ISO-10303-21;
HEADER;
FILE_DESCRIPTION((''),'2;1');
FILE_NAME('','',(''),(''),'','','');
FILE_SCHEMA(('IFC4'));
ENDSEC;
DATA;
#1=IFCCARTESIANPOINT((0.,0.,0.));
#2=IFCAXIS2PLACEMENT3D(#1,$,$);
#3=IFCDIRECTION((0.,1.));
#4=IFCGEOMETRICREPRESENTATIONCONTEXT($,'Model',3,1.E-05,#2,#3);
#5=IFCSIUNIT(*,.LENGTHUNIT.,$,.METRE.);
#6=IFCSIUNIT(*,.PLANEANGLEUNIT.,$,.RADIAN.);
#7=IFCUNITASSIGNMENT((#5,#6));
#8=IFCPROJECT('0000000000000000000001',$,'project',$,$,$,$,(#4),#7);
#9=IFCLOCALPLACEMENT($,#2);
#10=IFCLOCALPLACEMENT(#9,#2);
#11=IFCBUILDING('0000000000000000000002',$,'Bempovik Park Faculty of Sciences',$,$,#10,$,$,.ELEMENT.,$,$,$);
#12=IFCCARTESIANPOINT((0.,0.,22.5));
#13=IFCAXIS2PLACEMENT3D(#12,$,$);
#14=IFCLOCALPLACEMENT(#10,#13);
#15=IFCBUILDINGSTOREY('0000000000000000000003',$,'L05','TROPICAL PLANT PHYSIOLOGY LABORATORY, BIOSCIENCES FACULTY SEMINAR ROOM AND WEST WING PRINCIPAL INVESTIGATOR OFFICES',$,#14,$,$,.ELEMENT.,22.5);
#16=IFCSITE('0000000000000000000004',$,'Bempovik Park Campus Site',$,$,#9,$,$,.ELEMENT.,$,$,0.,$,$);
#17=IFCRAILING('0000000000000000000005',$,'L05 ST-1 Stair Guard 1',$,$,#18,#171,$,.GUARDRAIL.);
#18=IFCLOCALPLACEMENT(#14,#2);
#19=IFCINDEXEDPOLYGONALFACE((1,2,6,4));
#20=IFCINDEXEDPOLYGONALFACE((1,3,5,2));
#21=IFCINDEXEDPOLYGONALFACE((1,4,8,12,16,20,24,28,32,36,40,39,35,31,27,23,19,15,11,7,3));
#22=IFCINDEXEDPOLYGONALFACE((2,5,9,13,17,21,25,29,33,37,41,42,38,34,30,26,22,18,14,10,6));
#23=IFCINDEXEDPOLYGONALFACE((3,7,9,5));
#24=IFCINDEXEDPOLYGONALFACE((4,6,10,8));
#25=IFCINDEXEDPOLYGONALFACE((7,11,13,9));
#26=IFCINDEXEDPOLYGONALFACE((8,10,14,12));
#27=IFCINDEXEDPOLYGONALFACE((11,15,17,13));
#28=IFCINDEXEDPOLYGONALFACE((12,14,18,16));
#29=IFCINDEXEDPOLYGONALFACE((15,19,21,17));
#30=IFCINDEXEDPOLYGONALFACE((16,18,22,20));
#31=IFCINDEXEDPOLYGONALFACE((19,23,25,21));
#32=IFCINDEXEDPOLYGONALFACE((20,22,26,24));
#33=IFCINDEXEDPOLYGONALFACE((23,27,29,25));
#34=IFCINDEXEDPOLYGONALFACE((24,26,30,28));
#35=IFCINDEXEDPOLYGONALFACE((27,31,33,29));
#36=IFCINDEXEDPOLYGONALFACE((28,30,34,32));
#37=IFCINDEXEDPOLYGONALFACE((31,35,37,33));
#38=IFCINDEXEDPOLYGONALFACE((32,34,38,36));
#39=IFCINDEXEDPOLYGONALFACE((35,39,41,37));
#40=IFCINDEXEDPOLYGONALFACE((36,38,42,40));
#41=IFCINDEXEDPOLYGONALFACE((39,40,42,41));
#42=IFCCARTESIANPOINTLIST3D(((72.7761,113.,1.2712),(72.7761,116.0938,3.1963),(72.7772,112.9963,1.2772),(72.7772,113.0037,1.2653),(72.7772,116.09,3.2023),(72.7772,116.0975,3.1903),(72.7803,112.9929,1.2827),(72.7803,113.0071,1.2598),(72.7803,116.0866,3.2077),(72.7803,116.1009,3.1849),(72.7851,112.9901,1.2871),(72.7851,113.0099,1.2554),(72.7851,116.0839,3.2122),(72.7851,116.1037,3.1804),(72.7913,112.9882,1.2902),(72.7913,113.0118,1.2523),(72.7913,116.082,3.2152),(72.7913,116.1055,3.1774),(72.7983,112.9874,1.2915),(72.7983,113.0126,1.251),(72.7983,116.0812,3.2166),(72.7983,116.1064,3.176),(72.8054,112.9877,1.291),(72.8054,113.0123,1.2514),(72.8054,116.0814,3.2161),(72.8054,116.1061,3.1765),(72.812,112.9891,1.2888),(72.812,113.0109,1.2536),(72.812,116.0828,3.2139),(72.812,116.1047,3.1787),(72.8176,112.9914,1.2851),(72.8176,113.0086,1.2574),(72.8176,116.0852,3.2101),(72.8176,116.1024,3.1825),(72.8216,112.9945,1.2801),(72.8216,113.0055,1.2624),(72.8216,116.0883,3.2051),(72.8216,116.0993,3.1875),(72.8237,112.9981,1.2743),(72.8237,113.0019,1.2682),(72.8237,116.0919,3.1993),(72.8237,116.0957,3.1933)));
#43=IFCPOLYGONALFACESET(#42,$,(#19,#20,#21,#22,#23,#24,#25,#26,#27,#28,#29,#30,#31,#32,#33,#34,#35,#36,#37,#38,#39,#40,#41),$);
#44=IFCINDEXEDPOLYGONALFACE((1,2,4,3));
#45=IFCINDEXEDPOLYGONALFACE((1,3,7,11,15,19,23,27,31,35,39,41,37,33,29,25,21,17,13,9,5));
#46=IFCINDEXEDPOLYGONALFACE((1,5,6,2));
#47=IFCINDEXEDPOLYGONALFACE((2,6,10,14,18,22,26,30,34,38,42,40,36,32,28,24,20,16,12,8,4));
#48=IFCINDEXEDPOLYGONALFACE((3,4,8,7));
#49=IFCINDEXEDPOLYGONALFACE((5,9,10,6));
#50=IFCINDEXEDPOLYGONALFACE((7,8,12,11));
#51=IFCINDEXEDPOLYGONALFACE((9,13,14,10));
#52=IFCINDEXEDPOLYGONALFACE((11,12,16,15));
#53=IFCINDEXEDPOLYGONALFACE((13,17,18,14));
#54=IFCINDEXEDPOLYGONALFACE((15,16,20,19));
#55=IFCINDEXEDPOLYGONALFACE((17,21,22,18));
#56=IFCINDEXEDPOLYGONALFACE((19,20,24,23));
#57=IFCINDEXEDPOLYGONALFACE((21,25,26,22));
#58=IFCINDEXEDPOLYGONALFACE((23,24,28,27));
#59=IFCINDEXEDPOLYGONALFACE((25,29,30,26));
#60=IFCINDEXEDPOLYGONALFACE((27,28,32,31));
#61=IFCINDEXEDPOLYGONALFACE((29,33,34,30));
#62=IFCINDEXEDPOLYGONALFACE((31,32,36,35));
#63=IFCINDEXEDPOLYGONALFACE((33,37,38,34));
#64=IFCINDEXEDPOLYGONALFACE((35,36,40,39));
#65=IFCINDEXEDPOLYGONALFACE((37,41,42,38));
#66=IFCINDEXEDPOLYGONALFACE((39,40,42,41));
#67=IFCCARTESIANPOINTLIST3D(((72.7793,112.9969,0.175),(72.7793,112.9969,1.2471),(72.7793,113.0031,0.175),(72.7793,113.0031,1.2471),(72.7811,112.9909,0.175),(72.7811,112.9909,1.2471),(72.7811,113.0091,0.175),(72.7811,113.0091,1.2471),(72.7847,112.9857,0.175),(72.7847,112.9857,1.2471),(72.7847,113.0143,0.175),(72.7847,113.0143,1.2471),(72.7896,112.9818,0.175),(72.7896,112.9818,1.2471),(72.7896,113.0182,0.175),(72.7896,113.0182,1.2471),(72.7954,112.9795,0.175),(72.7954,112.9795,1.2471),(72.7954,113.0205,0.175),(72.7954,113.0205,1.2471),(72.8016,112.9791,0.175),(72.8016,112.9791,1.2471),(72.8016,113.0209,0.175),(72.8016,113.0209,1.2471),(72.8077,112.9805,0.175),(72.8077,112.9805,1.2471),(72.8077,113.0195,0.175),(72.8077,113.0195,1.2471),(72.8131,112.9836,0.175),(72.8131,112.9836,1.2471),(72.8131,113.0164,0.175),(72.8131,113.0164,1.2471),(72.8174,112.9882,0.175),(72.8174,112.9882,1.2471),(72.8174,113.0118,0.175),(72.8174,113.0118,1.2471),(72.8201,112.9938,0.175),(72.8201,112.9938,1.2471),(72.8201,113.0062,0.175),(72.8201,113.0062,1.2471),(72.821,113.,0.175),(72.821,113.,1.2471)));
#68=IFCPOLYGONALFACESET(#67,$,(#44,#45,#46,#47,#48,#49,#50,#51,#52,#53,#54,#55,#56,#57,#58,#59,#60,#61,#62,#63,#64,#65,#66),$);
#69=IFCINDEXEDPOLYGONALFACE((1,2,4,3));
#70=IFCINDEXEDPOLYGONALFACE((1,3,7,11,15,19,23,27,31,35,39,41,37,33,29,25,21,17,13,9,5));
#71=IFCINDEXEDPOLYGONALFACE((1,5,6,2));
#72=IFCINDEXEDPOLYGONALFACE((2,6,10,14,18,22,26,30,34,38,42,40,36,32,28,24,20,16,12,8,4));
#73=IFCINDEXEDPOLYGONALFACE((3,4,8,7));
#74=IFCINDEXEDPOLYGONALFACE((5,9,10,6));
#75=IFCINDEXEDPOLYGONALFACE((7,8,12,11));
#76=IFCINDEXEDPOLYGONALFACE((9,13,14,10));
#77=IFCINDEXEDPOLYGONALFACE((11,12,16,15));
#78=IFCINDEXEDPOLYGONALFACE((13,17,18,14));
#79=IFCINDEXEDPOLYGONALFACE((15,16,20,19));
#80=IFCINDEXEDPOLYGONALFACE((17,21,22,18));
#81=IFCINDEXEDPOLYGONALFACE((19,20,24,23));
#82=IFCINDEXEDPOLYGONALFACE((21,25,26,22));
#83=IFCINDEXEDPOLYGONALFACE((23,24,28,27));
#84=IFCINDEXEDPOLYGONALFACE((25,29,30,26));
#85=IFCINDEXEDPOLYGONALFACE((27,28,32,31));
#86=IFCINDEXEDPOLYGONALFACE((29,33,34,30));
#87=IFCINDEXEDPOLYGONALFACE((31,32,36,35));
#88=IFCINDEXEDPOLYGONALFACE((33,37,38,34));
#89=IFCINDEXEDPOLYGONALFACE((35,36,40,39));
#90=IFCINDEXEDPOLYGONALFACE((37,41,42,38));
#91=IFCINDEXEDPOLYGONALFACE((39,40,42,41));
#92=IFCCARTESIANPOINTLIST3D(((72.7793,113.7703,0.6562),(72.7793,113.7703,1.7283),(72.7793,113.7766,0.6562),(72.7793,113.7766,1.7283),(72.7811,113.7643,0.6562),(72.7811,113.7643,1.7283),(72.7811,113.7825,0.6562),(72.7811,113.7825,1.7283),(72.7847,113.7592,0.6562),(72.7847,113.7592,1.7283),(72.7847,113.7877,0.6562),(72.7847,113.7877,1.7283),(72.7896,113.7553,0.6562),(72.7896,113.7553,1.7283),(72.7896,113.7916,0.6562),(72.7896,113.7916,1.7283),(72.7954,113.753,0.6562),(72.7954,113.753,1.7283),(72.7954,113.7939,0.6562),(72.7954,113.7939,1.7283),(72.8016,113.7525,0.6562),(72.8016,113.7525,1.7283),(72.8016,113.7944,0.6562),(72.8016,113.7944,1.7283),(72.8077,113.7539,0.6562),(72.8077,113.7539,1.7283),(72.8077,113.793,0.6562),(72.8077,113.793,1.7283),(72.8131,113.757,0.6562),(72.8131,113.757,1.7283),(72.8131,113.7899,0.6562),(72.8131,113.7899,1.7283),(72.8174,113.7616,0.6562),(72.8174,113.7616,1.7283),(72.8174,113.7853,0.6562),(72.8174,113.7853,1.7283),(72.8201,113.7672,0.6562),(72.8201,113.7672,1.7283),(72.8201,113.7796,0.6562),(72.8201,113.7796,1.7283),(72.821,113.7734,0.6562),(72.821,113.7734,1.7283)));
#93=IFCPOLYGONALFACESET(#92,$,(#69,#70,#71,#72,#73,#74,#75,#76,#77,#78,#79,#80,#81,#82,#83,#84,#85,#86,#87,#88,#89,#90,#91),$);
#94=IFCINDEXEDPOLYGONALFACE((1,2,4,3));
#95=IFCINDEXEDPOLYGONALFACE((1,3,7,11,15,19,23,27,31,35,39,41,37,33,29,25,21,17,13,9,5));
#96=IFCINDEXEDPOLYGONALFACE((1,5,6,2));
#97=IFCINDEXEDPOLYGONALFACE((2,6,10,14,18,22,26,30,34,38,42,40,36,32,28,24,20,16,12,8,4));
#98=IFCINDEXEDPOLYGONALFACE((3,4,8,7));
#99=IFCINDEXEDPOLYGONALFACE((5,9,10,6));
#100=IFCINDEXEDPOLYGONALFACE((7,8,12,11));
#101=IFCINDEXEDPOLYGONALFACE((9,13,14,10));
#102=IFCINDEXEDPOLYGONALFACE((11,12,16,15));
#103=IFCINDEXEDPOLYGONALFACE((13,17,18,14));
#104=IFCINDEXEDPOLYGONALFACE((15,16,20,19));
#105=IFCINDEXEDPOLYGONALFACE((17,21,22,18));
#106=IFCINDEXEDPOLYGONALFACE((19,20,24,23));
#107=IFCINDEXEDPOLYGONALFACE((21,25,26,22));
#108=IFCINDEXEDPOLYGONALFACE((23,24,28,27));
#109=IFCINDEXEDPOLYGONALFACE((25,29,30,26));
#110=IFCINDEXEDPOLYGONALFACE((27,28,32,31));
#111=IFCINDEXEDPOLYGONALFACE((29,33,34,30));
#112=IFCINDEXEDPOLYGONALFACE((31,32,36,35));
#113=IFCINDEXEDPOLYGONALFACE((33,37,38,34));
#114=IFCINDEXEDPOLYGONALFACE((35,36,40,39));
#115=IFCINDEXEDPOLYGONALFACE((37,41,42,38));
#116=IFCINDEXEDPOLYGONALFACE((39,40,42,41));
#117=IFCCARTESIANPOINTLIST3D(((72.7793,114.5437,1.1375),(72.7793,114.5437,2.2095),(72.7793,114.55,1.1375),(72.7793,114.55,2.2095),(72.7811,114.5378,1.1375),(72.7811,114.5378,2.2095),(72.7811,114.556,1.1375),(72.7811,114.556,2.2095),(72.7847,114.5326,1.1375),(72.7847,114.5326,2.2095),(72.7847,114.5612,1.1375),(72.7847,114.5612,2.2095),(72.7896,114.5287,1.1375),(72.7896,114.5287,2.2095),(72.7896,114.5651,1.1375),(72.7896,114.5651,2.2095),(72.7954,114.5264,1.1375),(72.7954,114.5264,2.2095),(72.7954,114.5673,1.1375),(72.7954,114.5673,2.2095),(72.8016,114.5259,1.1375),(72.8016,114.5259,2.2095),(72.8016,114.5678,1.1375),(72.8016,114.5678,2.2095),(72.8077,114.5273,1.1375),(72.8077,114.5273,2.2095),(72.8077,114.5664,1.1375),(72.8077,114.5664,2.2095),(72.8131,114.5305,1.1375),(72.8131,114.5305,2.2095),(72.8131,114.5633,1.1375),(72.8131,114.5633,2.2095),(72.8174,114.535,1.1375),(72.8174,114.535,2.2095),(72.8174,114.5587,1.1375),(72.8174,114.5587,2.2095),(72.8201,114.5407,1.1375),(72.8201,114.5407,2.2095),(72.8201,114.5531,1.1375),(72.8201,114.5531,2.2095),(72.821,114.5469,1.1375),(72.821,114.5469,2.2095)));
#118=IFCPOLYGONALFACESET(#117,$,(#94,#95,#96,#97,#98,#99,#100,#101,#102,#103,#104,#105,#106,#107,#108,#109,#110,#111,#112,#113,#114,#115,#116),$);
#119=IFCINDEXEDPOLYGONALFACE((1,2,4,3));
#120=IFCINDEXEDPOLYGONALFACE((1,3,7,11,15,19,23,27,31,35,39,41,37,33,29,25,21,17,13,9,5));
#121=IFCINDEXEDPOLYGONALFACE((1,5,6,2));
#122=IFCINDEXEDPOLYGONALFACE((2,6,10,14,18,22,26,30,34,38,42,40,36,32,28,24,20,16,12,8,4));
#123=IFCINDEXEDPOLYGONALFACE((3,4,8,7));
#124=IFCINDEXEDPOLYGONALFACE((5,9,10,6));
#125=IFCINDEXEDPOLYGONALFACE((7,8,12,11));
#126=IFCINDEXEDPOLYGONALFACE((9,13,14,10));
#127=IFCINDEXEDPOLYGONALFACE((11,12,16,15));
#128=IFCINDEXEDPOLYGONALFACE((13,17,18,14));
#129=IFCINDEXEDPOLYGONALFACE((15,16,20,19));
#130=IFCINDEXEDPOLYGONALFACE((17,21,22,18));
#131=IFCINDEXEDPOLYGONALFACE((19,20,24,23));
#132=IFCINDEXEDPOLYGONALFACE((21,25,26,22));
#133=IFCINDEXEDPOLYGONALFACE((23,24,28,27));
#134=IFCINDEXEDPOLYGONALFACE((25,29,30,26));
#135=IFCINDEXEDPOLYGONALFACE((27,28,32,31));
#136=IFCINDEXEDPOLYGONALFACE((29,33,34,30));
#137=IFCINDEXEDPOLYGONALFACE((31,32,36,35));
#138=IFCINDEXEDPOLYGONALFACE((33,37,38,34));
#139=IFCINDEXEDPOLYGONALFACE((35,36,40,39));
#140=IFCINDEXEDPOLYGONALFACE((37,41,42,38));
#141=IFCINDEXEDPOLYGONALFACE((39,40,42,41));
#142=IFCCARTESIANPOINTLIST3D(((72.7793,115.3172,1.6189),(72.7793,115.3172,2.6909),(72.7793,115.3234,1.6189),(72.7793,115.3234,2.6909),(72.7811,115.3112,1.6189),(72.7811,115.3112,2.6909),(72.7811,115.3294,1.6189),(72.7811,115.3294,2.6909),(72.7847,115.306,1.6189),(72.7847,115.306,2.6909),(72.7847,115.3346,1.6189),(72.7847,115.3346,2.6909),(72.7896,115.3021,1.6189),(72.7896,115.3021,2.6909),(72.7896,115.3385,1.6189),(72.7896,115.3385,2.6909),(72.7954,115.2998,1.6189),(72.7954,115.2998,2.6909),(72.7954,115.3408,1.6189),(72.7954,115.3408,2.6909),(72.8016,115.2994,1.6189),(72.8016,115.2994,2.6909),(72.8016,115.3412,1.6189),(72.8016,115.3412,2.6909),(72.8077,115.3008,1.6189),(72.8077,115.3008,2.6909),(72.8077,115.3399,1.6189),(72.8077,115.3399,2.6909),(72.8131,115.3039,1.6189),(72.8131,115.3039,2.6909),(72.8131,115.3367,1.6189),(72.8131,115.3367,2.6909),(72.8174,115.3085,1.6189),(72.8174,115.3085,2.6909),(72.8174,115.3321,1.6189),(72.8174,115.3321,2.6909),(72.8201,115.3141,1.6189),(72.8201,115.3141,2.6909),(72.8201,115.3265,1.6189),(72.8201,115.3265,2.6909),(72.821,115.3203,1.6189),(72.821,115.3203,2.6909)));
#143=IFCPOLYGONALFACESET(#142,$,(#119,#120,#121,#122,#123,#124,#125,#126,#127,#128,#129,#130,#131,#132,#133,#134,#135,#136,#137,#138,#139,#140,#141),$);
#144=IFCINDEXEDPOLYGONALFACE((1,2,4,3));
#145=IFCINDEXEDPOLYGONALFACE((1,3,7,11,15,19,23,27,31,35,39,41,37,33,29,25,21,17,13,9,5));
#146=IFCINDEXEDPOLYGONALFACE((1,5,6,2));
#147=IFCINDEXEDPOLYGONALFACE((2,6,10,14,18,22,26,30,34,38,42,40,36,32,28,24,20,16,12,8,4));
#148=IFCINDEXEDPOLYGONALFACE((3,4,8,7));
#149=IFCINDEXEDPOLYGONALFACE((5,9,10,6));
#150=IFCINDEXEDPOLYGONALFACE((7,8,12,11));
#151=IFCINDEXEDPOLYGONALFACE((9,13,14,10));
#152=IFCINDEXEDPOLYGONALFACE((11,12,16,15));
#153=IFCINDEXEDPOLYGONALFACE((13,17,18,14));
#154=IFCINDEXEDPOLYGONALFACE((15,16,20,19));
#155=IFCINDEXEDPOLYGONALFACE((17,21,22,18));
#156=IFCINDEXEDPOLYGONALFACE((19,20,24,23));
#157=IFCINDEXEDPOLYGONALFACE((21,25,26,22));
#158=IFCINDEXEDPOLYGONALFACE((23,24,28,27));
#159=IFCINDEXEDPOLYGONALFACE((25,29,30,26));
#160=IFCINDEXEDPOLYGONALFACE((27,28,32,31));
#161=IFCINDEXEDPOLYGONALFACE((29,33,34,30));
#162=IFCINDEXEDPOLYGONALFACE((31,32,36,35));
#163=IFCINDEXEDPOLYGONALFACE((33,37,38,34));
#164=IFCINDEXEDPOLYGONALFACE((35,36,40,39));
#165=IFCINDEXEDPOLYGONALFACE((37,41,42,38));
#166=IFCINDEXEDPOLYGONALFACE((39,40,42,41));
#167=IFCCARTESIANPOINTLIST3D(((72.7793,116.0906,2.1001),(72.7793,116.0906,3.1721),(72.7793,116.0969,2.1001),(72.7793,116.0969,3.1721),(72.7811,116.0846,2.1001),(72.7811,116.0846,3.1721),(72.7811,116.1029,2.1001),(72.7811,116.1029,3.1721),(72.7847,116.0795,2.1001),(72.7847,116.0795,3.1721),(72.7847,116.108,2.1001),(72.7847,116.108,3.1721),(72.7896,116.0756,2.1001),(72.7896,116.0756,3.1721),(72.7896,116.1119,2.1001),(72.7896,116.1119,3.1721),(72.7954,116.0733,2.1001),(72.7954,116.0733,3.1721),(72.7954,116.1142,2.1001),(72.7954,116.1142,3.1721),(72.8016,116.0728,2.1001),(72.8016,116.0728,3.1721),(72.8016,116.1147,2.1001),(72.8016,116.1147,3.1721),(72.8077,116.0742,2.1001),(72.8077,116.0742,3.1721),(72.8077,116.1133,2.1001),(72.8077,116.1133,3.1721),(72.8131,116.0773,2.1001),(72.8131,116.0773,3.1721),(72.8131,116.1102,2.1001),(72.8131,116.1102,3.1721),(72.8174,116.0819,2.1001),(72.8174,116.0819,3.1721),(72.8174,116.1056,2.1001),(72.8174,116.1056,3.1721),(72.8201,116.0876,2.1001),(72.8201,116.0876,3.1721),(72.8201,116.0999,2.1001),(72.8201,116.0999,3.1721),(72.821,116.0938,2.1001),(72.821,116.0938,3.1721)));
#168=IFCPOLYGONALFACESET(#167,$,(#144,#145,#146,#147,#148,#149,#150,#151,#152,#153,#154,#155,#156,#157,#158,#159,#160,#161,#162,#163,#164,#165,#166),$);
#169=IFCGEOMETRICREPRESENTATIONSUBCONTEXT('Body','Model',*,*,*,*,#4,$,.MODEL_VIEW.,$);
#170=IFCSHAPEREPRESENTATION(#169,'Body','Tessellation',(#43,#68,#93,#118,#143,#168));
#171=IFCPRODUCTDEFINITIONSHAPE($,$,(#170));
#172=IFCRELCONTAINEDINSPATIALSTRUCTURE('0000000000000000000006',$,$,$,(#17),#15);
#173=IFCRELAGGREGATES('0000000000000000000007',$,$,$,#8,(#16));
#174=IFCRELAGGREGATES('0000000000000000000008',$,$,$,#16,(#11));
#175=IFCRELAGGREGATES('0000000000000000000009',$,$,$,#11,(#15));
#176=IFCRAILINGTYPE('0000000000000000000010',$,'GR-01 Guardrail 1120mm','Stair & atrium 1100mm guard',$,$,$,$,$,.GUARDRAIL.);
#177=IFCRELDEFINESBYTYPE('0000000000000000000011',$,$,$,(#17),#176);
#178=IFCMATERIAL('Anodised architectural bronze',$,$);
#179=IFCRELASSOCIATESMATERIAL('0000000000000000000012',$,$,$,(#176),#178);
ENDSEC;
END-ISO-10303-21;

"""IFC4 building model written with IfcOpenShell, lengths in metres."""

from ifc_helpers import new_model, si_unit, direction, frame, origin, origin_2d, place, context, subcontext, project, spatial, circle, extrude, material, type_object, element, save


model = new_model("IFC4")

# Units and contexts
model_context = context("Model", 3, precision=1e-05, world=origin(), true_north=direction((0.0, 1.0)))
body_context = subcontext(model_context, "Body", "Model", "MODEL_VIEW")
ifc_project = project(units=[si_unit("LENGTHUNIT", "METRE"), si_unit("PLANEANGLEUNIT", "RADIAN")], contexts=[model_context])

# Site, building, storey
site_placement = place(None, origin())
site = spatial("IfcSite", under=ifc_project, at=site_placement, Name="Bempovik Park Campus Site", CompositionType="ELEMENT", RefElevation=0.0)
building_placement = place(site_placement, origin())
building = spatial("IfcBuilding", under=site, at=building_placement, Name="Bempovik Park Faculty of Sciences", CompositionType="ELEMENT")
storey_placement = place(building_placement, frame((0.0, 0.0, 22.5)))
storey = spatial("IfcBuildingStorey", under=building, at=storey_placement, Name="L05", Description="TROPICAL PLANT PHYSIOLOGY LABORATORY, BIOSCIENCES FACULTY SEMINAR ROOM AND WEST WING PRINCIPAL INVESTIGATOR OFFICES", CompositionType="ELEMENT", Elevation=22.5)

# Railing
ifc_material_1 = material(Name="Anodised architectural bronze")
railing_type_1 = type_object("IfcRailingType", Name="GR-01 Guardrail 1120mm", Description="Stair & atrium 1100mm guard", PredefinedType="GUARDRAIL", material=ifc_material_1)
railing_1_placement = place(storey_placement, frame((72.8, 113.0, 0.175)))
element("IfcRailing", 1, at=railing_1_placement, inside=storey, type_object=railing_type_1, Name="L05 ST-1 Stair Guard 1", PredefinedType="GUARDRAIL", context=body_context, shape_type="SweptSolid", body=[
    extrude(circle(Radius=0.0239, at=origin_2d()), frame((0.0, 0.0, 1.0962), z_axis=(0.0, 0.849051, 0.528312), x_axis=(-1.0, 0.0, 0.0)), (0.0, 0.0, 1.0), 3.6438),
    extrude(circle(Radius=0.021, at=origin_2d()), origin(), (0.0, 0.0, 1.0), 1.072),
    extrude(circle(Radius=0.021, at=origin_2d()), frame((0.0, 0.7734, 0.4812)), (0.0, 0.0, 1.0), 1.072),
    extrude(circle(Radius=0.021, at=origin_2d()), frame((0.0, 1.5469, 0.9624)), (0.0, 0.0, 1.0), 1.072),
    extrude(circle(Radius=0.021, at=origin_2d()), frame((0.0, 2.3203, 1.4438)), (0.0, 0.0, 1.0), 1.072),
    extrude(circle(Radius=0.021, at=origin_2d()), frame((0.0, 3.0938, 1.925)), (0.0, 0.0, 1.0), 1.072),
])

save(model, "model.ifc")
